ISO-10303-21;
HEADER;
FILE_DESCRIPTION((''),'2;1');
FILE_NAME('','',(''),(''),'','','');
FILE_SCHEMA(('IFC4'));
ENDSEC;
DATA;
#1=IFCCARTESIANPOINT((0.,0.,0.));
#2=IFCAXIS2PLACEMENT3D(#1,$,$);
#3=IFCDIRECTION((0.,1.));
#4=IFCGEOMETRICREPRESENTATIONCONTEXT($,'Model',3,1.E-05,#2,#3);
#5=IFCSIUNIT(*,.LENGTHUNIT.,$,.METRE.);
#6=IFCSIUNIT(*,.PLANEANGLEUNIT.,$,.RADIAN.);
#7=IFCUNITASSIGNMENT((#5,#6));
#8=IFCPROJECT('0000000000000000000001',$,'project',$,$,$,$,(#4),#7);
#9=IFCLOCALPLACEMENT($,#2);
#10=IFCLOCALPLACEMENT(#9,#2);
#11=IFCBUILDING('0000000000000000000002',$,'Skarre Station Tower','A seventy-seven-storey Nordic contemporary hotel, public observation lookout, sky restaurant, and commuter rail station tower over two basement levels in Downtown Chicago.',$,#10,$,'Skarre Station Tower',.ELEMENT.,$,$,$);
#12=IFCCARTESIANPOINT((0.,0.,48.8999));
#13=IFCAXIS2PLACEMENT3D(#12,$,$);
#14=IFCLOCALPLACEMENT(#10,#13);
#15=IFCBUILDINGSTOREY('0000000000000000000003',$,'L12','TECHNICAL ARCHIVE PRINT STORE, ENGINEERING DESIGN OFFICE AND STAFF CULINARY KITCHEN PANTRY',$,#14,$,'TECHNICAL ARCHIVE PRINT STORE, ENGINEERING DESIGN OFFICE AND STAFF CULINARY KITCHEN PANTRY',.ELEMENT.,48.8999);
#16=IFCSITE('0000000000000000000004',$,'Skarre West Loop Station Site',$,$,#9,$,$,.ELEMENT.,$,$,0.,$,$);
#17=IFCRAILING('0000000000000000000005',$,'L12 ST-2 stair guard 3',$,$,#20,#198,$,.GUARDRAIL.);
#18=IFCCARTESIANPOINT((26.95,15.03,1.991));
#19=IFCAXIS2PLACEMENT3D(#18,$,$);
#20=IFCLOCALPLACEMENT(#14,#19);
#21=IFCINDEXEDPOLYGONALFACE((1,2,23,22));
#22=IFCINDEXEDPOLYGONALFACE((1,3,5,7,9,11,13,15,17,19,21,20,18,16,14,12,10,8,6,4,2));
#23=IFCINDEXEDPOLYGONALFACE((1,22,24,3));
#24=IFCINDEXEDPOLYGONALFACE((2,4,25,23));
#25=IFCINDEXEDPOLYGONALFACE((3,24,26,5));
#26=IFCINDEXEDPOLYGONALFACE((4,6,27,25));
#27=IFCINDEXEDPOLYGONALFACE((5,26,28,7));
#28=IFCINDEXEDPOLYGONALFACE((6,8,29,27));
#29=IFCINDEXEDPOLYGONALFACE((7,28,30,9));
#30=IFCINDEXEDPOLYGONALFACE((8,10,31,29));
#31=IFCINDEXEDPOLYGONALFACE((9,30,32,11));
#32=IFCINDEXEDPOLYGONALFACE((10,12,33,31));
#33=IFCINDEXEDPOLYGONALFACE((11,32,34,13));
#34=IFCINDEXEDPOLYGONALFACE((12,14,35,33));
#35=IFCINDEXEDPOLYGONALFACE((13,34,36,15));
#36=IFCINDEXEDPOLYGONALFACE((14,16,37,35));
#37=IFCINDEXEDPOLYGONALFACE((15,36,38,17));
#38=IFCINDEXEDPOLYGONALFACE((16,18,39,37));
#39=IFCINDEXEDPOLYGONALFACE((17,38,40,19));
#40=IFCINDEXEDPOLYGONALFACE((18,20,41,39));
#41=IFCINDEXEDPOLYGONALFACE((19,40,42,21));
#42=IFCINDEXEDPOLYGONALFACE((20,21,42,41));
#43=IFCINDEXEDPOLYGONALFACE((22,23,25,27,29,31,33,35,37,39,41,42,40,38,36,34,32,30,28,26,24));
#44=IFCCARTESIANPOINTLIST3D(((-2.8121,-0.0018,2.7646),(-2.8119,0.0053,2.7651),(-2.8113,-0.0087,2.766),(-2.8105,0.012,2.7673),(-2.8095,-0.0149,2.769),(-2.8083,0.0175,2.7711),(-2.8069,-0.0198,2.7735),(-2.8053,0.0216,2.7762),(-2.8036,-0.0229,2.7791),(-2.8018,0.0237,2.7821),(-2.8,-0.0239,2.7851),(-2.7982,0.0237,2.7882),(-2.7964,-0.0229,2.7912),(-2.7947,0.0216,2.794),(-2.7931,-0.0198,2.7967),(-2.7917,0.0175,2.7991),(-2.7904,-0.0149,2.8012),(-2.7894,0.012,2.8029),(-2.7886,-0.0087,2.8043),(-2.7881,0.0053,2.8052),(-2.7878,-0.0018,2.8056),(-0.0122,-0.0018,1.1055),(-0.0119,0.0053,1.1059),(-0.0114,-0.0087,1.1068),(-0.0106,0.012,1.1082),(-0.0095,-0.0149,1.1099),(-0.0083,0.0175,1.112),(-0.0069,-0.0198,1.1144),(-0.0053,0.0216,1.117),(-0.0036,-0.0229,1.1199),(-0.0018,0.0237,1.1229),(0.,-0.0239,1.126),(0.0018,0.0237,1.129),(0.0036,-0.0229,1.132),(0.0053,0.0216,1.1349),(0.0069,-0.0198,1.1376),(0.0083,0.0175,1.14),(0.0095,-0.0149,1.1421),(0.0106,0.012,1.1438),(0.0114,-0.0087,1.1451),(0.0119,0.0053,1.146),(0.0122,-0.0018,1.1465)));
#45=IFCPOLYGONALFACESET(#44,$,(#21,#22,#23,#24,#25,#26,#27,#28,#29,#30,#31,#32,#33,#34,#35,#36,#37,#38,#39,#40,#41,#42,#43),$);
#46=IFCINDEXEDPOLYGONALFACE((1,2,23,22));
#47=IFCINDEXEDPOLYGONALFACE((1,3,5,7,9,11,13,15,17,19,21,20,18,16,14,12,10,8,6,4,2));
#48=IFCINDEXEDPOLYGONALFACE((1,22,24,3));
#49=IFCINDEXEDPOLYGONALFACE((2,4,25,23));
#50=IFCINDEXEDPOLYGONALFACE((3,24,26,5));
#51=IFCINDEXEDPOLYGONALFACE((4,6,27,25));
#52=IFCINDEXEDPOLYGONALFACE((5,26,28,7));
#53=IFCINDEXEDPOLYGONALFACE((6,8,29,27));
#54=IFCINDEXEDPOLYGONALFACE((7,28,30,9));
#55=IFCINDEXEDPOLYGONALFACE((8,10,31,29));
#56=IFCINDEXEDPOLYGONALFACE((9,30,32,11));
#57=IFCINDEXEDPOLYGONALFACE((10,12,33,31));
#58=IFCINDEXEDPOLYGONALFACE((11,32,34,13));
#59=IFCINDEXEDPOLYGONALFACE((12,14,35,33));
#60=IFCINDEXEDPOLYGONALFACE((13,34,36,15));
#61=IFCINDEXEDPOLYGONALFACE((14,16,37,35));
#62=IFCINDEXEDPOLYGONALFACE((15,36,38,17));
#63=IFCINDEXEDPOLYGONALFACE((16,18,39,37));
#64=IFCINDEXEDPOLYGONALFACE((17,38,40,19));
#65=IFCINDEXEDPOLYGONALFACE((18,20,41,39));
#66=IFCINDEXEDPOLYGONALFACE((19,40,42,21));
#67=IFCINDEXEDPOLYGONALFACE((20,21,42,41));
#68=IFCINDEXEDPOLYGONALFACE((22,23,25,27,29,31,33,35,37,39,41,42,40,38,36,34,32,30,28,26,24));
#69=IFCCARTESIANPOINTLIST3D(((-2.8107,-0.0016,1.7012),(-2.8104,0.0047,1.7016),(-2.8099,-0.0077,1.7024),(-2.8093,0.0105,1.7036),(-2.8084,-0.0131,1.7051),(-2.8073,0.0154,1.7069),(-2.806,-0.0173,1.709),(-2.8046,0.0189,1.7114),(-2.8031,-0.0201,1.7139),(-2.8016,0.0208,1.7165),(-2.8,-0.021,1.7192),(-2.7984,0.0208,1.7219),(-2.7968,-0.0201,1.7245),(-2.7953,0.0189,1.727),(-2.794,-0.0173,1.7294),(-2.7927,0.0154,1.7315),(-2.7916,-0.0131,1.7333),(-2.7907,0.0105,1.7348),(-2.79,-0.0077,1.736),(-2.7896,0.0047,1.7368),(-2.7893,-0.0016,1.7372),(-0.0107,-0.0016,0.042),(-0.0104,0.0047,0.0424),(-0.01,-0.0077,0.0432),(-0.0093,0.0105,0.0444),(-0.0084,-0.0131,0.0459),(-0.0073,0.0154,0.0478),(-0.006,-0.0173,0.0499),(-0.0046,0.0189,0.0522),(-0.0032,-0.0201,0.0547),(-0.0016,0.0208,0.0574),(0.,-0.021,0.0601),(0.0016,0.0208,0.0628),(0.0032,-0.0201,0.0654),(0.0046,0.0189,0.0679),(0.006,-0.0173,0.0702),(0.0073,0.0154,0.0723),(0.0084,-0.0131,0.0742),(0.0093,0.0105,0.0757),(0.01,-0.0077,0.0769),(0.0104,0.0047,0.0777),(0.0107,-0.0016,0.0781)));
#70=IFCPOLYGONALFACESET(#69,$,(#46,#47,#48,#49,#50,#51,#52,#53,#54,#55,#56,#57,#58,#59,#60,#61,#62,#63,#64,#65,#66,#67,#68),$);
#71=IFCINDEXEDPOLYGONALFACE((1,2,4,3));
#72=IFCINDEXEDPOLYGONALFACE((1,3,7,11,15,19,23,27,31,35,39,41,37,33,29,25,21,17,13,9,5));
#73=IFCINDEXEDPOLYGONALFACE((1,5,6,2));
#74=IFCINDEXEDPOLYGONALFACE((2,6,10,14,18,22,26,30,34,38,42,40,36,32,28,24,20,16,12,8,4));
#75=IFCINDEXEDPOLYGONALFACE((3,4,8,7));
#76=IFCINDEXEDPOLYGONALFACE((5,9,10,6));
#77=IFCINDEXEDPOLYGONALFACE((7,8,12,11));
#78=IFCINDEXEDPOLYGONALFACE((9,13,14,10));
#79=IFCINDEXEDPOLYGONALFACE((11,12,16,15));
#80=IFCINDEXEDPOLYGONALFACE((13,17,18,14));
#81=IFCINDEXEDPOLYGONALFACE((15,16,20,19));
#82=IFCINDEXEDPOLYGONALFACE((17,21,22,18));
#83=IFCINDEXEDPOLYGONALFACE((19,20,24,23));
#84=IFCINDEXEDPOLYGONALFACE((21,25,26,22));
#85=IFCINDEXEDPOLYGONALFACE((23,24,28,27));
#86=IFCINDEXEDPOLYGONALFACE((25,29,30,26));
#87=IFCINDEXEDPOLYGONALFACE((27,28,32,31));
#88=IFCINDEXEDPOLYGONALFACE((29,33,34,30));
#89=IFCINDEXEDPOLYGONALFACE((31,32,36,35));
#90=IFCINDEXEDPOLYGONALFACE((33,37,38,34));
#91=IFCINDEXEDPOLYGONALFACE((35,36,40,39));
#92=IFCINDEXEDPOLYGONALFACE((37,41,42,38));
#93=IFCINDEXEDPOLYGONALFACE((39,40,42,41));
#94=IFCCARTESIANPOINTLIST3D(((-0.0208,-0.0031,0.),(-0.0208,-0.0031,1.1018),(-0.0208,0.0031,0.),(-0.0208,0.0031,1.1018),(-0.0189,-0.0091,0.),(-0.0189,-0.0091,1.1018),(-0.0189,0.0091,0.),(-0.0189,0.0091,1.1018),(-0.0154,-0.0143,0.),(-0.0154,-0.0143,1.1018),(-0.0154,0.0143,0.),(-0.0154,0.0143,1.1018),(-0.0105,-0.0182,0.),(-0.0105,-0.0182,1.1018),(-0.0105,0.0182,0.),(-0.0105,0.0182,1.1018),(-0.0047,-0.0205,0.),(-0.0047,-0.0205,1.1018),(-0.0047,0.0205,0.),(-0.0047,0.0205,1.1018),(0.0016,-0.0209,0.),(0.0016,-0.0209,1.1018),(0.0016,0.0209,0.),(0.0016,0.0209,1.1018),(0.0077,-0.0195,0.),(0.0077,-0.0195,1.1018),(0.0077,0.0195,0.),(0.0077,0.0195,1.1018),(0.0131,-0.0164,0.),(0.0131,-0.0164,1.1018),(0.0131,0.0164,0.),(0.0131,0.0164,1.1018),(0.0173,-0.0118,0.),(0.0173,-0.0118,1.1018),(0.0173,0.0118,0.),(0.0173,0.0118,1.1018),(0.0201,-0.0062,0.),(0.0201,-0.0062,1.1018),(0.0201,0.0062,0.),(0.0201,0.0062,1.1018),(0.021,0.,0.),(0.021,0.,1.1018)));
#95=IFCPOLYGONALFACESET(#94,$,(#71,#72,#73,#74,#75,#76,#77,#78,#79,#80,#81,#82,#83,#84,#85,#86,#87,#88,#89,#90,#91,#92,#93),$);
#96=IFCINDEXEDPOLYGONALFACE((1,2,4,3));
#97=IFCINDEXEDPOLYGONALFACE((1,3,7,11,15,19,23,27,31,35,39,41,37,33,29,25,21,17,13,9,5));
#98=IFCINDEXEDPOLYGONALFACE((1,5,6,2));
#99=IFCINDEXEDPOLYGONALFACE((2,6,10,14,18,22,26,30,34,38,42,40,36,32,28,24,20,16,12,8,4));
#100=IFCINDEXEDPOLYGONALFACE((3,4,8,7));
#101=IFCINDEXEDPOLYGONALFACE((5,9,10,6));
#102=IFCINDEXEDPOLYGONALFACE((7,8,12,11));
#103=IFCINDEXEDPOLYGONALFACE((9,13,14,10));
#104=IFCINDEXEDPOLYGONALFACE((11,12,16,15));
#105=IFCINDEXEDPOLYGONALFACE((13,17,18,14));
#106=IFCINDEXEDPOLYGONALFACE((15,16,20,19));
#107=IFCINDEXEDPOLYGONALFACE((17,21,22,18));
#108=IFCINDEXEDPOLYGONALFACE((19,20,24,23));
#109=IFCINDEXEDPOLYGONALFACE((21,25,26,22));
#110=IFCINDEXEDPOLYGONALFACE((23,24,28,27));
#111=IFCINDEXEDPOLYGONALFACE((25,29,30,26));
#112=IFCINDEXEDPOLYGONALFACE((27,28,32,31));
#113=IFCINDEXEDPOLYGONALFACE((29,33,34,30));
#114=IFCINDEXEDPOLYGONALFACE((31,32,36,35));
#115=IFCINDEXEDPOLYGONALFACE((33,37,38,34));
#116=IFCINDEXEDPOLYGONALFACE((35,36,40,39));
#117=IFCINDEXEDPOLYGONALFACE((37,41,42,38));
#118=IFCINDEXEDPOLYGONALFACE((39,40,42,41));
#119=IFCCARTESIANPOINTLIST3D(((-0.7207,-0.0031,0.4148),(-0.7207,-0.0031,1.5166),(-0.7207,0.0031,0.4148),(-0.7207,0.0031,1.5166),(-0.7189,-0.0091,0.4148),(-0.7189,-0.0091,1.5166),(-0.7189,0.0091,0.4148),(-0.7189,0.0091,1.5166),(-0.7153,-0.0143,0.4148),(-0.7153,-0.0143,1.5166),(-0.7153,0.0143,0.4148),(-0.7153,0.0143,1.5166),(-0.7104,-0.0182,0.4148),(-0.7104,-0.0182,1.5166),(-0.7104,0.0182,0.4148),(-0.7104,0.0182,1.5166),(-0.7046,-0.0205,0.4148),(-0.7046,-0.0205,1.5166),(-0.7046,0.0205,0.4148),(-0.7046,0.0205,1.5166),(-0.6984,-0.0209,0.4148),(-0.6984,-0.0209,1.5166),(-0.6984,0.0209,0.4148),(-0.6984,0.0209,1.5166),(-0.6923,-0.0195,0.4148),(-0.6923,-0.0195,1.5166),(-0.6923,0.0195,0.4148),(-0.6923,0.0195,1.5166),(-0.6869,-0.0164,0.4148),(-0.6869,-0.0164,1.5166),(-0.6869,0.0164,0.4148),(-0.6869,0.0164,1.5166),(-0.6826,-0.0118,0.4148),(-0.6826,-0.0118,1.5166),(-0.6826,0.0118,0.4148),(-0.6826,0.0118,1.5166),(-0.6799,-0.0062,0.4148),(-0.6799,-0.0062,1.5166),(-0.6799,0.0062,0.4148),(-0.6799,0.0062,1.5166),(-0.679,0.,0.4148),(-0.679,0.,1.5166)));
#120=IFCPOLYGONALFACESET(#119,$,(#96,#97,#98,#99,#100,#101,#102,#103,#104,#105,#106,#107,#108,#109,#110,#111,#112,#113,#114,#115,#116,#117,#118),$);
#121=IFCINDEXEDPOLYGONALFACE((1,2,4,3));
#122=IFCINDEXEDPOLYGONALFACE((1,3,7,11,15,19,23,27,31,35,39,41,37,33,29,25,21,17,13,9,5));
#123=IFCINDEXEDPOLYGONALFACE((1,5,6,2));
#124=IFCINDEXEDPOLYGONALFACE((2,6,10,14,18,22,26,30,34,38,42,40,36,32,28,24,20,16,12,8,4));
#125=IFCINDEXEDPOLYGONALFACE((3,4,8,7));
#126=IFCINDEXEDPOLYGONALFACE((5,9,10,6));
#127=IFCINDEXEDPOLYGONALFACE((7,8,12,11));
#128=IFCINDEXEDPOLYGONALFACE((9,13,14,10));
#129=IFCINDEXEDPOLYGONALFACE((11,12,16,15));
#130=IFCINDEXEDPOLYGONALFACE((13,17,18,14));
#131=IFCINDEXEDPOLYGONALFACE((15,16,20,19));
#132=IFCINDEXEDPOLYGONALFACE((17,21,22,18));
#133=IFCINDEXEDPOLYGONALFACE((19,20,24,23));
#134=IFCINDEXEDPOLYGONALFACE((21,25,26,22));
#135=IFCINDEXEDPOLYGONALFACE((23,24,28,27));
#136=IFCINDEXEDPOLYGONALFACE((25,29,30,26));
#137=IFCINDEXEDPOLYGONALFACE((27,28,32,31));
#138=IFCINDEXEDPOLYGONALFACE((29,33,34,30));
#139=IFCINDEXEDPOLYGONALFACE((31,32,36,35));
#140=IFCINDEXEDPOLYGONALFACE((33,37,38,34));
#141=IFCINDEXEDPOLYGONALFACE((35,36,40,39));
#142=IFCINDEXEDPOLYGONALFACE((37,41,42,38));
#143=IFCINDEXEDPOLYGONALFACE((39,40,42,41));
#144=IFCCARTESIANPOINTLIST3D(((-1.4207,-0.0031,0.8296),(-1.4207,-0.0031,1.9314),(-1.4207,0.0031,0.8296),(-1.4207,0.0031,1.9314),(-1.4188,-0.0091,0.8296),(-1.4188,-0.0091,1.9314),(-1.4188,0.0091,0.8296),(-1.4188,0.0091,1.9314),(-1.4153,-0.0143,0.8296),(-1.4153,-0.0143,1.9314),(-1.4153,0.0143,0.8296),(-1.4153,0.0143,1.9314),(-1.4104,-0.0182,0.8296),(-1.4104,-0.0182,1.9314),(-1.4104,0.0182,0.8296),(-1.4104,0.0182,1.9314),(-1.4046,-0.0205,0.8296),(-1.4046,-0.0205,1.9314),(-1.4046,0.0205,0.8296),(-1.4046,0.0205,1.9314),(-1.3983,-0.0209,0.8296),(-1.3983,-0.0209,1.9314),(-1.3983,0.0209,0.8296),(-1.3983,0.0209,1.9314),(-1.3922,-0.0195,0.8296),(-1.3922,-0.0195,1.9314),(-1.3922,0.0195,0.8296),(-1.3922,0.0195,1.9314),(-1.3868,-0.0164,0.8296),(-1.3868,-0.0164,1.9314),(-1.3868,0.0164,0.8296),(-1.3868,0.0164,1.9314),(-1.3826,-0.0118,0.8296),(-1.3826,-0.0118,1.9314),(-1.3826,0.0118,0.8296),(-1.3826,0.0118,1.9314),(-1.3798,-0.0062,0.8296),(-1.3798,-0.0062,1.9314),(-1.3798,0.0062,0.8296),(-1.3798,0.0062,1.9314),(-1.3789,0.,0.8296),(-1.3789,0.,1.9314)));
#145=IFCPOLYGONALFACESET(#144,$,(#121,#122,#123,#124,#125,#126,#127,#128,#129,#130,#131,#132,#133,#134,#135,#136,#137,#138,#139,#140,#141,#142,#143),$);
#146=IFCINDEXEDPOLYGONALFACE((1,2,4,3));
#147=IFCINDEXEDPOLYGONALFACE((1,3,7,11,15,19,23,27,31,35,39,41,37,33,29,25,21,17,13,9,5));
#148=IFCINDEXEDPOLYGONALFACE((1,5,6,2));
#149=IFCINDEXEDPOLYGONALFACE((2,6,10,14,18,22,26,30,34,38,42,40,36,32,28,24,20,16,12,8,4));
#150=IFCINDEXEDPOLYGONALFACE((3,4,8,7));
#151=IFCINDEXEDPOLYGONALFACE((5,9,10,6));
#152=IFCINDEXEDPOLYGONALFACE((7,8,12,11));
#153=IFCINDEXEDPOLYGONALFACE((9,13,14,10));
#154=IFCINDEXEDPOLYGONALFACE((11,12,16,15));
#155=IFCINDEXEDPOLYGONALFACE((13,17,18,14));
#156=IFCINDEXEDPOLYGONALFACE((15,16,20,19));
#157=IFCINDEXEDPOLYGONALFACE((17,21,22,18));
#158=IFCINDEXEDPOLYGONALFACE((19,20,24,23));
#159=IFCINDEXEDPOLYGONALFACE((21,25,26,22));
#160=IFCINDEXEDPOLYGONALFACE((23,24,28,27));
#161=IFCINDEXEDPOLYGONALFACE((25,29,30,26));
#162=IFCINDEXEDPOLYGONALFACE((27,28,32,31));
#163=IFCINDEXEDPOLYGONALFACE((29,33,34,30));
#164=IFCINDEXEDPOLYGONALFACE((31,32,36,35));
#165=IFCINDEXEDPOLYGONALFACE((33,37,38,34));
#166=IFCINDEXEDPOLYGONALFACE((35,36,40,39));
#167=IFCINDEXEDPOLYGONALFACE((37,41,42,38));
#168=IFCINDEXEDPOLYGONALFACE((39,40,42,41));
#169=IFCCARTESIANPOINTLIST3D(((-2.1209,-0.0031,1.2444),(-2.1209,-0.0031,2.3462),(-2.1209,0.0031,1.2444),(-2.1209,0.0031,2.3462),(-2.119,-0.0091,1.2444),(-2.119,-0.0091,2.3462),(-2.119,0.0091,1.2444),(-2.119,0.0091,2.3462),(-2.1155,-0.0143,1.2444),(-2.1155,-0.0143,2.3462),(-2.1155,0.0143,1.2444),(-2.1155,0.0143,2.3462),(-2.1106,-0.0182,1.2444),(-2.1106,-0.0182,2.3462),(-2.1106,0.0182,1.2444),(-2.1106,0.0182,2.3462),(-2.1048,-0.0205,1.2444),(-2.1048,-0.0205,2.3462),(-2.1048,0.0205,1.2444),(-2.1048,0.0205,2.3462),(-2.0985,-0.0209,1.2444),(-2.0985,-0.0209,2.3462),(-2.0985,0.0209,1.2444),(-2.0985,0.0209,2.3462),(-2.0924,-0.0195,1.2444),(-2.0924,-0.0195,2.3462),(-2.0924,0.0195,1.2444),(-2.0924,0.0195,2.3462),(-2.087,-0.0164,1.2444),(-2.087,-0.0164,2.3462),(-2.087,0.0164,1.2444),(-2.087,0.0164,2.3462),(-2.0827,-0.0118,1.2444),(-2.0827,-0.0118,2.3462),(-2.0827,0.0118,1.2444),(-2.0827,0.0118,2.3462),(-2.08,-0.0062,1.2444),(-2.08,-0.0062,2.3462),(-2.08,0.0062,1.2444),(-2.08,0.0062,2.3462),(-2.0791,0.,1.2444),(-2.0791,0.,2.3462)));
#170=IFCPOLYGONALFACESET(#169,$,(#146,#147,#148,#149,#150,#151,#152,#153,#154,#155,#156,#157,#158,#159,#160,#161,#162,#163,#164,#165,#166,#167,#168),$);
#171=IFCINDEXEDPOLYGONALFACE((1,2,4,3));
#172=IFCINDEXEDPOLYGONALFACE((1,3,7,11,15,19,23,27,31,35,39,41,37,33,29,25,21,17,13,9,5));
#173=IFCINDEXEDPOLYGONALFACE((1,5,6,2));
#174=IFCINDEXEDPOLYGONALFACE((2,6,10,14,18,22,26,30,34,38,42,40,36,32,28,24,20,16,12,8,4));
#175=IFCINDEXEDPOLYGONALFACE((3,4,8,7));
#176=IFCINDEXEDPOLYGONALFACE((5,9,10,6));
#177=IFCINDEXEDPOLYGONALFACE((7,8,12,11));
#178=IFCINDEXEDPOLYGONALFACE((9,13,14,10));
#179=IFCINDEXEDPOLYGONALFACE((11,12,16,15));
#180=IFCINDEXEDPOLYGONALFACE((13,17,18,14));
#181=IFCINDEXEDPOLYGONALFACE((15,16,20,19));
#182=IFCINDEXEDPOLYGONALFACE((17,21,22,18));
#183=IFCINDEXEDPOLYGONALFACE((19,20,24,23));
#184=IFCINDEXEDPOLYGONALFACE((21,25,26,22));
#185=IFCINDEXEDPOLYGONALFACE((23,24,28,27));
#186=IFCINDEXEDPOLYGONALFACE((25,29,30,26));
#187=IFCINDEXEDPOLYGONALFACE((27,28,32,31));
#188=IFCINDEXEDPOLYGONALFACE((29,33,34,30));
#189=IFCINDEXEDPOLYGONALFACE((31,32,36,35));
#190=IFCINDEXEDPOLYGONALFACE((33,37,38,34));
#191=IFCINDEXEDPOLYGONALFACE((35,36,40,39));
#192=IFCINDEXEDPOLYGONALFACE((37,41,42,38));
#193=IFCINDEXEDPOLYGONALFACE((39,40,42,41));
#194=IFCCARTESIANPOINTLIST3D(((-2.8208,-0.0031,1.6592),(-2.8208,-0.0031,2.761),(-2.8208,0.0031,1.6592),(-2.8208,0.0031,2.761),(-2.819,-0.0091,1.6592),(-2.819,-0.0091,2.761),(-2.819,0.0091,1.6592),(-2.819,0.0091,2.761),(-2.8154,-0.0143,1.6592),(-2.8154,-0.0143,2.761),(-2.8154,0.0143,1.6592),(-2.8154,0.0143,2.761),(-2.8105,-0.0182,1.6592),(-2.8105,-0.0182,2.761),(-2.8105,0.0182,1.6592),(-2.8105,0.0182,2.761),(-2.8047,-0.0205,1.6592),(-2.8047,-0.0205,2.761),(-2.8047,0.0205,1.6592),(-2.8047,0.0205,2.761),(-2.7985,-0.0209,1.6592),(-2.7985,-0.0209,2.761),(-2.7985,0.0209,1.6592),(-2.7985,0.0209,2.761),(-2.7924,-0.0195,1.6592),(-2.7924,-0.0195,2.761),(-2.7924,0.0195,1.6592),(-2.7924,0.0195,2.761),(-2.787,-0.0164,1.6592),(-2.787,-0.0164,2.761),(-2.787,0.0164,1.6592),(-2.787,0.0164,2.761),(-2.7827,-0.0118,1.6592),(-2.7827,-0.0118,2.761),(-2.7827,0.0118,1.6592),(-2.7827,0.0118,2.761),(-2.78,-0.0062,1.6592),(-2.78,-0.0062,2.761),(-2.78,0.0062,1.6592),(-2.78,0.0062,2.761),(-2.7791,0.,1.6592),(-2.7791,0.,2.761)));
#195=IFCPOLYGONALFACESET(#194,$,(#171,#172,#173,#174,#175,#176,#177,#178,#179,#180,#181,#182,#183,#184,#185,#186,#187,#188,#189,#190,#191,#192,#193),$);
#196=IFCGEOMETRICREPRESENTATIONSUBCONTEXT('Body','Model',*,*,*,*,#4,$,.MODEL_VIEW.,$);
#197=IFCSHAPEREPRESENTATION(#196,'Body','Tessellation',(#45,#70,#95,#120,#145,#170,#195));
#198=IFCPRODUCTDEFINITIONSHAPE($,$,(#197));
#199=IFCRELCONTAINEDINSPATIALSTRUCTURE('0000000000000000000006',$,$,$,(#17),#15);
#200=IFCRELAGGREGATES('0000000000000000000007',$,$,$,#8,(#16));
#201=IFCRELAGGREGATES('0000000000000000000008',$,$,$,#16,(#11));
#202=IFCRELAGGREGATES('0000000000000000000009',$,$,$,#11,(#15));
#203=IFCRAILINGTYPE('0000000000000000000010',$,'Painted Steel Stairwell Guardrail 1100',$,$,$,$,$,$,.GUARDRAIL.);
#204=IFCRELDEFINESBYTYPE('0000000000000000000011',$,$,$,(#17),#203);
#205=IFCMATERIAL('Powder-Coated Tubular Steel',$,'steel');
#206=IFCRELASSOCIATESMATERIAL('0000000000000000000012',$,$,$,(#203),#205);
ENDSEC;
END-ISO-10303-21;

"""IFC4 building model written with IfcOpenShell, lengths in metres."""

from ifc_helpers import new_model, si_unit, direction, frame, origin, origin_2d, place, context, subcontext, project, spatial, circle, extrude, material, type_object, element, save


model = new_model("IFC4")

# Units and contexts
model_context = context("Model", 3, precision=1e-05, world=origin(), true_north=direction((0.0, 1.0)))
body_context = subcontext(model_context, "Body", "Model", "MODEL_VIEW")
ifc_project = project(units=[si_unit("LENGTHUNIT", "METRE"), si_unit("PLANEANGLEUNIT", "RADIAN")], contexts=[model_context])

# Site, building, storey
site_placement = place(None, origin())
site = spatial("IfcSite", under=ifc_project, at=site_placement, Name="Skarre West Loop Station Site", CompositionType="ELEMENT", RefElevation=0.0)
building_placement = place(site_placement, origin())
building = spatial("IfcBuilding", under=site, at=building_placement, Name="Skarre Station Tower", Description="A seventy-seven-storey Nordic contemporary hotel, public observation lookout, sky restaurant, and commuter rail station tower over two basement levels in Downtown Chicago.", LongName="Skarre Station Tower", CompositionType="ELEMENT")
storey_placement = place(building_placement, frame((0.0, 0.0, 48.8999)))
storey = spatial("IfcBuildingStorey", under=building, at=storey_placement, Name="L12", Description="TECHNICAL ARCHIVE PRINT STORE, ENGINEERING DESIGN OFFICE AND STAFF CULINARY KITCHEN PANTRY", LongName="TECHNICAL ARCHIVE PRINT STORE, ENGINEERING DESIGN OFFICE AND STAFF CULINARY KITCHEN PANTRY", CompositionType="ELEMENT", Elevation=48.8999)

# Railing
ifc_material_1 = material(Name="Powder-Coated Tubular Steel", Category="steel")
railing_type_1 = type_object("IfcRailingType", Name="Painted Steel Stairwell Guardrail 1100", PredefinedType="GUARDRAIL", material=ifc_material_1)
railing_1_placement = place(storey_placement, frame((26.95, 15.03, 1.991)))
element("IfcRailing", 1, at=railing_1_placement, inside=storey, type_object=railing_type_1, Name="L12 ST-2 stair guard 3", PredefinedType="GUARDRAIL", context=body_context, shape_type="SweptSolid", body=[
    extrude(circle(Radius=0.0239, at=origin_2d()), frame((0.0, 0.0, 1.126), z_axis=(-0.860306, 0.0, 0.509778), x_axis=(0.0, -1.0, 0.0)), (0.0, 0.0, 1.0), 3.2546),
    extrude(circle(Radius=0.021, at=origin_2d()), frame((0.0, 0.0, 0.0601), z_axis=(-0.860306, 0.0, 0.509778), x_axis=(0.0, -1.0, 0.0)), (0.0, 0.0, 1.0), 3.2546),
    extrude(circle(Radius=0.021, at=origin_2d()), origin(), (0.0, 0.0, 1.0), 1.1018),
    extrude(circle(Radius=0.021, at=origin_2d()), frame((-0.7, 0.0, 0.4148)), (0.0, 0.0, 1.0), 1.1018),
    extrude(circle(Radius=0.021, at=origin_2d()), frame((-1.3999, 0.0, 0.8296)), (0.0, 0.0, 1.0), 1.1018),
    extrude(circle(Radius=0.021, at=origin_2d()), frame((-2.1001, 0.0, 1.2444)), (0.0, 0.0, 1.0), 1.1018),
    extrude(circle(Radius=0.021, at=origin_2d()), frame((-2.8, 0.0, 1.6592)), (0.0, 0.0, 1.0), 1.1018),
])

save(model, "model.ifc")
